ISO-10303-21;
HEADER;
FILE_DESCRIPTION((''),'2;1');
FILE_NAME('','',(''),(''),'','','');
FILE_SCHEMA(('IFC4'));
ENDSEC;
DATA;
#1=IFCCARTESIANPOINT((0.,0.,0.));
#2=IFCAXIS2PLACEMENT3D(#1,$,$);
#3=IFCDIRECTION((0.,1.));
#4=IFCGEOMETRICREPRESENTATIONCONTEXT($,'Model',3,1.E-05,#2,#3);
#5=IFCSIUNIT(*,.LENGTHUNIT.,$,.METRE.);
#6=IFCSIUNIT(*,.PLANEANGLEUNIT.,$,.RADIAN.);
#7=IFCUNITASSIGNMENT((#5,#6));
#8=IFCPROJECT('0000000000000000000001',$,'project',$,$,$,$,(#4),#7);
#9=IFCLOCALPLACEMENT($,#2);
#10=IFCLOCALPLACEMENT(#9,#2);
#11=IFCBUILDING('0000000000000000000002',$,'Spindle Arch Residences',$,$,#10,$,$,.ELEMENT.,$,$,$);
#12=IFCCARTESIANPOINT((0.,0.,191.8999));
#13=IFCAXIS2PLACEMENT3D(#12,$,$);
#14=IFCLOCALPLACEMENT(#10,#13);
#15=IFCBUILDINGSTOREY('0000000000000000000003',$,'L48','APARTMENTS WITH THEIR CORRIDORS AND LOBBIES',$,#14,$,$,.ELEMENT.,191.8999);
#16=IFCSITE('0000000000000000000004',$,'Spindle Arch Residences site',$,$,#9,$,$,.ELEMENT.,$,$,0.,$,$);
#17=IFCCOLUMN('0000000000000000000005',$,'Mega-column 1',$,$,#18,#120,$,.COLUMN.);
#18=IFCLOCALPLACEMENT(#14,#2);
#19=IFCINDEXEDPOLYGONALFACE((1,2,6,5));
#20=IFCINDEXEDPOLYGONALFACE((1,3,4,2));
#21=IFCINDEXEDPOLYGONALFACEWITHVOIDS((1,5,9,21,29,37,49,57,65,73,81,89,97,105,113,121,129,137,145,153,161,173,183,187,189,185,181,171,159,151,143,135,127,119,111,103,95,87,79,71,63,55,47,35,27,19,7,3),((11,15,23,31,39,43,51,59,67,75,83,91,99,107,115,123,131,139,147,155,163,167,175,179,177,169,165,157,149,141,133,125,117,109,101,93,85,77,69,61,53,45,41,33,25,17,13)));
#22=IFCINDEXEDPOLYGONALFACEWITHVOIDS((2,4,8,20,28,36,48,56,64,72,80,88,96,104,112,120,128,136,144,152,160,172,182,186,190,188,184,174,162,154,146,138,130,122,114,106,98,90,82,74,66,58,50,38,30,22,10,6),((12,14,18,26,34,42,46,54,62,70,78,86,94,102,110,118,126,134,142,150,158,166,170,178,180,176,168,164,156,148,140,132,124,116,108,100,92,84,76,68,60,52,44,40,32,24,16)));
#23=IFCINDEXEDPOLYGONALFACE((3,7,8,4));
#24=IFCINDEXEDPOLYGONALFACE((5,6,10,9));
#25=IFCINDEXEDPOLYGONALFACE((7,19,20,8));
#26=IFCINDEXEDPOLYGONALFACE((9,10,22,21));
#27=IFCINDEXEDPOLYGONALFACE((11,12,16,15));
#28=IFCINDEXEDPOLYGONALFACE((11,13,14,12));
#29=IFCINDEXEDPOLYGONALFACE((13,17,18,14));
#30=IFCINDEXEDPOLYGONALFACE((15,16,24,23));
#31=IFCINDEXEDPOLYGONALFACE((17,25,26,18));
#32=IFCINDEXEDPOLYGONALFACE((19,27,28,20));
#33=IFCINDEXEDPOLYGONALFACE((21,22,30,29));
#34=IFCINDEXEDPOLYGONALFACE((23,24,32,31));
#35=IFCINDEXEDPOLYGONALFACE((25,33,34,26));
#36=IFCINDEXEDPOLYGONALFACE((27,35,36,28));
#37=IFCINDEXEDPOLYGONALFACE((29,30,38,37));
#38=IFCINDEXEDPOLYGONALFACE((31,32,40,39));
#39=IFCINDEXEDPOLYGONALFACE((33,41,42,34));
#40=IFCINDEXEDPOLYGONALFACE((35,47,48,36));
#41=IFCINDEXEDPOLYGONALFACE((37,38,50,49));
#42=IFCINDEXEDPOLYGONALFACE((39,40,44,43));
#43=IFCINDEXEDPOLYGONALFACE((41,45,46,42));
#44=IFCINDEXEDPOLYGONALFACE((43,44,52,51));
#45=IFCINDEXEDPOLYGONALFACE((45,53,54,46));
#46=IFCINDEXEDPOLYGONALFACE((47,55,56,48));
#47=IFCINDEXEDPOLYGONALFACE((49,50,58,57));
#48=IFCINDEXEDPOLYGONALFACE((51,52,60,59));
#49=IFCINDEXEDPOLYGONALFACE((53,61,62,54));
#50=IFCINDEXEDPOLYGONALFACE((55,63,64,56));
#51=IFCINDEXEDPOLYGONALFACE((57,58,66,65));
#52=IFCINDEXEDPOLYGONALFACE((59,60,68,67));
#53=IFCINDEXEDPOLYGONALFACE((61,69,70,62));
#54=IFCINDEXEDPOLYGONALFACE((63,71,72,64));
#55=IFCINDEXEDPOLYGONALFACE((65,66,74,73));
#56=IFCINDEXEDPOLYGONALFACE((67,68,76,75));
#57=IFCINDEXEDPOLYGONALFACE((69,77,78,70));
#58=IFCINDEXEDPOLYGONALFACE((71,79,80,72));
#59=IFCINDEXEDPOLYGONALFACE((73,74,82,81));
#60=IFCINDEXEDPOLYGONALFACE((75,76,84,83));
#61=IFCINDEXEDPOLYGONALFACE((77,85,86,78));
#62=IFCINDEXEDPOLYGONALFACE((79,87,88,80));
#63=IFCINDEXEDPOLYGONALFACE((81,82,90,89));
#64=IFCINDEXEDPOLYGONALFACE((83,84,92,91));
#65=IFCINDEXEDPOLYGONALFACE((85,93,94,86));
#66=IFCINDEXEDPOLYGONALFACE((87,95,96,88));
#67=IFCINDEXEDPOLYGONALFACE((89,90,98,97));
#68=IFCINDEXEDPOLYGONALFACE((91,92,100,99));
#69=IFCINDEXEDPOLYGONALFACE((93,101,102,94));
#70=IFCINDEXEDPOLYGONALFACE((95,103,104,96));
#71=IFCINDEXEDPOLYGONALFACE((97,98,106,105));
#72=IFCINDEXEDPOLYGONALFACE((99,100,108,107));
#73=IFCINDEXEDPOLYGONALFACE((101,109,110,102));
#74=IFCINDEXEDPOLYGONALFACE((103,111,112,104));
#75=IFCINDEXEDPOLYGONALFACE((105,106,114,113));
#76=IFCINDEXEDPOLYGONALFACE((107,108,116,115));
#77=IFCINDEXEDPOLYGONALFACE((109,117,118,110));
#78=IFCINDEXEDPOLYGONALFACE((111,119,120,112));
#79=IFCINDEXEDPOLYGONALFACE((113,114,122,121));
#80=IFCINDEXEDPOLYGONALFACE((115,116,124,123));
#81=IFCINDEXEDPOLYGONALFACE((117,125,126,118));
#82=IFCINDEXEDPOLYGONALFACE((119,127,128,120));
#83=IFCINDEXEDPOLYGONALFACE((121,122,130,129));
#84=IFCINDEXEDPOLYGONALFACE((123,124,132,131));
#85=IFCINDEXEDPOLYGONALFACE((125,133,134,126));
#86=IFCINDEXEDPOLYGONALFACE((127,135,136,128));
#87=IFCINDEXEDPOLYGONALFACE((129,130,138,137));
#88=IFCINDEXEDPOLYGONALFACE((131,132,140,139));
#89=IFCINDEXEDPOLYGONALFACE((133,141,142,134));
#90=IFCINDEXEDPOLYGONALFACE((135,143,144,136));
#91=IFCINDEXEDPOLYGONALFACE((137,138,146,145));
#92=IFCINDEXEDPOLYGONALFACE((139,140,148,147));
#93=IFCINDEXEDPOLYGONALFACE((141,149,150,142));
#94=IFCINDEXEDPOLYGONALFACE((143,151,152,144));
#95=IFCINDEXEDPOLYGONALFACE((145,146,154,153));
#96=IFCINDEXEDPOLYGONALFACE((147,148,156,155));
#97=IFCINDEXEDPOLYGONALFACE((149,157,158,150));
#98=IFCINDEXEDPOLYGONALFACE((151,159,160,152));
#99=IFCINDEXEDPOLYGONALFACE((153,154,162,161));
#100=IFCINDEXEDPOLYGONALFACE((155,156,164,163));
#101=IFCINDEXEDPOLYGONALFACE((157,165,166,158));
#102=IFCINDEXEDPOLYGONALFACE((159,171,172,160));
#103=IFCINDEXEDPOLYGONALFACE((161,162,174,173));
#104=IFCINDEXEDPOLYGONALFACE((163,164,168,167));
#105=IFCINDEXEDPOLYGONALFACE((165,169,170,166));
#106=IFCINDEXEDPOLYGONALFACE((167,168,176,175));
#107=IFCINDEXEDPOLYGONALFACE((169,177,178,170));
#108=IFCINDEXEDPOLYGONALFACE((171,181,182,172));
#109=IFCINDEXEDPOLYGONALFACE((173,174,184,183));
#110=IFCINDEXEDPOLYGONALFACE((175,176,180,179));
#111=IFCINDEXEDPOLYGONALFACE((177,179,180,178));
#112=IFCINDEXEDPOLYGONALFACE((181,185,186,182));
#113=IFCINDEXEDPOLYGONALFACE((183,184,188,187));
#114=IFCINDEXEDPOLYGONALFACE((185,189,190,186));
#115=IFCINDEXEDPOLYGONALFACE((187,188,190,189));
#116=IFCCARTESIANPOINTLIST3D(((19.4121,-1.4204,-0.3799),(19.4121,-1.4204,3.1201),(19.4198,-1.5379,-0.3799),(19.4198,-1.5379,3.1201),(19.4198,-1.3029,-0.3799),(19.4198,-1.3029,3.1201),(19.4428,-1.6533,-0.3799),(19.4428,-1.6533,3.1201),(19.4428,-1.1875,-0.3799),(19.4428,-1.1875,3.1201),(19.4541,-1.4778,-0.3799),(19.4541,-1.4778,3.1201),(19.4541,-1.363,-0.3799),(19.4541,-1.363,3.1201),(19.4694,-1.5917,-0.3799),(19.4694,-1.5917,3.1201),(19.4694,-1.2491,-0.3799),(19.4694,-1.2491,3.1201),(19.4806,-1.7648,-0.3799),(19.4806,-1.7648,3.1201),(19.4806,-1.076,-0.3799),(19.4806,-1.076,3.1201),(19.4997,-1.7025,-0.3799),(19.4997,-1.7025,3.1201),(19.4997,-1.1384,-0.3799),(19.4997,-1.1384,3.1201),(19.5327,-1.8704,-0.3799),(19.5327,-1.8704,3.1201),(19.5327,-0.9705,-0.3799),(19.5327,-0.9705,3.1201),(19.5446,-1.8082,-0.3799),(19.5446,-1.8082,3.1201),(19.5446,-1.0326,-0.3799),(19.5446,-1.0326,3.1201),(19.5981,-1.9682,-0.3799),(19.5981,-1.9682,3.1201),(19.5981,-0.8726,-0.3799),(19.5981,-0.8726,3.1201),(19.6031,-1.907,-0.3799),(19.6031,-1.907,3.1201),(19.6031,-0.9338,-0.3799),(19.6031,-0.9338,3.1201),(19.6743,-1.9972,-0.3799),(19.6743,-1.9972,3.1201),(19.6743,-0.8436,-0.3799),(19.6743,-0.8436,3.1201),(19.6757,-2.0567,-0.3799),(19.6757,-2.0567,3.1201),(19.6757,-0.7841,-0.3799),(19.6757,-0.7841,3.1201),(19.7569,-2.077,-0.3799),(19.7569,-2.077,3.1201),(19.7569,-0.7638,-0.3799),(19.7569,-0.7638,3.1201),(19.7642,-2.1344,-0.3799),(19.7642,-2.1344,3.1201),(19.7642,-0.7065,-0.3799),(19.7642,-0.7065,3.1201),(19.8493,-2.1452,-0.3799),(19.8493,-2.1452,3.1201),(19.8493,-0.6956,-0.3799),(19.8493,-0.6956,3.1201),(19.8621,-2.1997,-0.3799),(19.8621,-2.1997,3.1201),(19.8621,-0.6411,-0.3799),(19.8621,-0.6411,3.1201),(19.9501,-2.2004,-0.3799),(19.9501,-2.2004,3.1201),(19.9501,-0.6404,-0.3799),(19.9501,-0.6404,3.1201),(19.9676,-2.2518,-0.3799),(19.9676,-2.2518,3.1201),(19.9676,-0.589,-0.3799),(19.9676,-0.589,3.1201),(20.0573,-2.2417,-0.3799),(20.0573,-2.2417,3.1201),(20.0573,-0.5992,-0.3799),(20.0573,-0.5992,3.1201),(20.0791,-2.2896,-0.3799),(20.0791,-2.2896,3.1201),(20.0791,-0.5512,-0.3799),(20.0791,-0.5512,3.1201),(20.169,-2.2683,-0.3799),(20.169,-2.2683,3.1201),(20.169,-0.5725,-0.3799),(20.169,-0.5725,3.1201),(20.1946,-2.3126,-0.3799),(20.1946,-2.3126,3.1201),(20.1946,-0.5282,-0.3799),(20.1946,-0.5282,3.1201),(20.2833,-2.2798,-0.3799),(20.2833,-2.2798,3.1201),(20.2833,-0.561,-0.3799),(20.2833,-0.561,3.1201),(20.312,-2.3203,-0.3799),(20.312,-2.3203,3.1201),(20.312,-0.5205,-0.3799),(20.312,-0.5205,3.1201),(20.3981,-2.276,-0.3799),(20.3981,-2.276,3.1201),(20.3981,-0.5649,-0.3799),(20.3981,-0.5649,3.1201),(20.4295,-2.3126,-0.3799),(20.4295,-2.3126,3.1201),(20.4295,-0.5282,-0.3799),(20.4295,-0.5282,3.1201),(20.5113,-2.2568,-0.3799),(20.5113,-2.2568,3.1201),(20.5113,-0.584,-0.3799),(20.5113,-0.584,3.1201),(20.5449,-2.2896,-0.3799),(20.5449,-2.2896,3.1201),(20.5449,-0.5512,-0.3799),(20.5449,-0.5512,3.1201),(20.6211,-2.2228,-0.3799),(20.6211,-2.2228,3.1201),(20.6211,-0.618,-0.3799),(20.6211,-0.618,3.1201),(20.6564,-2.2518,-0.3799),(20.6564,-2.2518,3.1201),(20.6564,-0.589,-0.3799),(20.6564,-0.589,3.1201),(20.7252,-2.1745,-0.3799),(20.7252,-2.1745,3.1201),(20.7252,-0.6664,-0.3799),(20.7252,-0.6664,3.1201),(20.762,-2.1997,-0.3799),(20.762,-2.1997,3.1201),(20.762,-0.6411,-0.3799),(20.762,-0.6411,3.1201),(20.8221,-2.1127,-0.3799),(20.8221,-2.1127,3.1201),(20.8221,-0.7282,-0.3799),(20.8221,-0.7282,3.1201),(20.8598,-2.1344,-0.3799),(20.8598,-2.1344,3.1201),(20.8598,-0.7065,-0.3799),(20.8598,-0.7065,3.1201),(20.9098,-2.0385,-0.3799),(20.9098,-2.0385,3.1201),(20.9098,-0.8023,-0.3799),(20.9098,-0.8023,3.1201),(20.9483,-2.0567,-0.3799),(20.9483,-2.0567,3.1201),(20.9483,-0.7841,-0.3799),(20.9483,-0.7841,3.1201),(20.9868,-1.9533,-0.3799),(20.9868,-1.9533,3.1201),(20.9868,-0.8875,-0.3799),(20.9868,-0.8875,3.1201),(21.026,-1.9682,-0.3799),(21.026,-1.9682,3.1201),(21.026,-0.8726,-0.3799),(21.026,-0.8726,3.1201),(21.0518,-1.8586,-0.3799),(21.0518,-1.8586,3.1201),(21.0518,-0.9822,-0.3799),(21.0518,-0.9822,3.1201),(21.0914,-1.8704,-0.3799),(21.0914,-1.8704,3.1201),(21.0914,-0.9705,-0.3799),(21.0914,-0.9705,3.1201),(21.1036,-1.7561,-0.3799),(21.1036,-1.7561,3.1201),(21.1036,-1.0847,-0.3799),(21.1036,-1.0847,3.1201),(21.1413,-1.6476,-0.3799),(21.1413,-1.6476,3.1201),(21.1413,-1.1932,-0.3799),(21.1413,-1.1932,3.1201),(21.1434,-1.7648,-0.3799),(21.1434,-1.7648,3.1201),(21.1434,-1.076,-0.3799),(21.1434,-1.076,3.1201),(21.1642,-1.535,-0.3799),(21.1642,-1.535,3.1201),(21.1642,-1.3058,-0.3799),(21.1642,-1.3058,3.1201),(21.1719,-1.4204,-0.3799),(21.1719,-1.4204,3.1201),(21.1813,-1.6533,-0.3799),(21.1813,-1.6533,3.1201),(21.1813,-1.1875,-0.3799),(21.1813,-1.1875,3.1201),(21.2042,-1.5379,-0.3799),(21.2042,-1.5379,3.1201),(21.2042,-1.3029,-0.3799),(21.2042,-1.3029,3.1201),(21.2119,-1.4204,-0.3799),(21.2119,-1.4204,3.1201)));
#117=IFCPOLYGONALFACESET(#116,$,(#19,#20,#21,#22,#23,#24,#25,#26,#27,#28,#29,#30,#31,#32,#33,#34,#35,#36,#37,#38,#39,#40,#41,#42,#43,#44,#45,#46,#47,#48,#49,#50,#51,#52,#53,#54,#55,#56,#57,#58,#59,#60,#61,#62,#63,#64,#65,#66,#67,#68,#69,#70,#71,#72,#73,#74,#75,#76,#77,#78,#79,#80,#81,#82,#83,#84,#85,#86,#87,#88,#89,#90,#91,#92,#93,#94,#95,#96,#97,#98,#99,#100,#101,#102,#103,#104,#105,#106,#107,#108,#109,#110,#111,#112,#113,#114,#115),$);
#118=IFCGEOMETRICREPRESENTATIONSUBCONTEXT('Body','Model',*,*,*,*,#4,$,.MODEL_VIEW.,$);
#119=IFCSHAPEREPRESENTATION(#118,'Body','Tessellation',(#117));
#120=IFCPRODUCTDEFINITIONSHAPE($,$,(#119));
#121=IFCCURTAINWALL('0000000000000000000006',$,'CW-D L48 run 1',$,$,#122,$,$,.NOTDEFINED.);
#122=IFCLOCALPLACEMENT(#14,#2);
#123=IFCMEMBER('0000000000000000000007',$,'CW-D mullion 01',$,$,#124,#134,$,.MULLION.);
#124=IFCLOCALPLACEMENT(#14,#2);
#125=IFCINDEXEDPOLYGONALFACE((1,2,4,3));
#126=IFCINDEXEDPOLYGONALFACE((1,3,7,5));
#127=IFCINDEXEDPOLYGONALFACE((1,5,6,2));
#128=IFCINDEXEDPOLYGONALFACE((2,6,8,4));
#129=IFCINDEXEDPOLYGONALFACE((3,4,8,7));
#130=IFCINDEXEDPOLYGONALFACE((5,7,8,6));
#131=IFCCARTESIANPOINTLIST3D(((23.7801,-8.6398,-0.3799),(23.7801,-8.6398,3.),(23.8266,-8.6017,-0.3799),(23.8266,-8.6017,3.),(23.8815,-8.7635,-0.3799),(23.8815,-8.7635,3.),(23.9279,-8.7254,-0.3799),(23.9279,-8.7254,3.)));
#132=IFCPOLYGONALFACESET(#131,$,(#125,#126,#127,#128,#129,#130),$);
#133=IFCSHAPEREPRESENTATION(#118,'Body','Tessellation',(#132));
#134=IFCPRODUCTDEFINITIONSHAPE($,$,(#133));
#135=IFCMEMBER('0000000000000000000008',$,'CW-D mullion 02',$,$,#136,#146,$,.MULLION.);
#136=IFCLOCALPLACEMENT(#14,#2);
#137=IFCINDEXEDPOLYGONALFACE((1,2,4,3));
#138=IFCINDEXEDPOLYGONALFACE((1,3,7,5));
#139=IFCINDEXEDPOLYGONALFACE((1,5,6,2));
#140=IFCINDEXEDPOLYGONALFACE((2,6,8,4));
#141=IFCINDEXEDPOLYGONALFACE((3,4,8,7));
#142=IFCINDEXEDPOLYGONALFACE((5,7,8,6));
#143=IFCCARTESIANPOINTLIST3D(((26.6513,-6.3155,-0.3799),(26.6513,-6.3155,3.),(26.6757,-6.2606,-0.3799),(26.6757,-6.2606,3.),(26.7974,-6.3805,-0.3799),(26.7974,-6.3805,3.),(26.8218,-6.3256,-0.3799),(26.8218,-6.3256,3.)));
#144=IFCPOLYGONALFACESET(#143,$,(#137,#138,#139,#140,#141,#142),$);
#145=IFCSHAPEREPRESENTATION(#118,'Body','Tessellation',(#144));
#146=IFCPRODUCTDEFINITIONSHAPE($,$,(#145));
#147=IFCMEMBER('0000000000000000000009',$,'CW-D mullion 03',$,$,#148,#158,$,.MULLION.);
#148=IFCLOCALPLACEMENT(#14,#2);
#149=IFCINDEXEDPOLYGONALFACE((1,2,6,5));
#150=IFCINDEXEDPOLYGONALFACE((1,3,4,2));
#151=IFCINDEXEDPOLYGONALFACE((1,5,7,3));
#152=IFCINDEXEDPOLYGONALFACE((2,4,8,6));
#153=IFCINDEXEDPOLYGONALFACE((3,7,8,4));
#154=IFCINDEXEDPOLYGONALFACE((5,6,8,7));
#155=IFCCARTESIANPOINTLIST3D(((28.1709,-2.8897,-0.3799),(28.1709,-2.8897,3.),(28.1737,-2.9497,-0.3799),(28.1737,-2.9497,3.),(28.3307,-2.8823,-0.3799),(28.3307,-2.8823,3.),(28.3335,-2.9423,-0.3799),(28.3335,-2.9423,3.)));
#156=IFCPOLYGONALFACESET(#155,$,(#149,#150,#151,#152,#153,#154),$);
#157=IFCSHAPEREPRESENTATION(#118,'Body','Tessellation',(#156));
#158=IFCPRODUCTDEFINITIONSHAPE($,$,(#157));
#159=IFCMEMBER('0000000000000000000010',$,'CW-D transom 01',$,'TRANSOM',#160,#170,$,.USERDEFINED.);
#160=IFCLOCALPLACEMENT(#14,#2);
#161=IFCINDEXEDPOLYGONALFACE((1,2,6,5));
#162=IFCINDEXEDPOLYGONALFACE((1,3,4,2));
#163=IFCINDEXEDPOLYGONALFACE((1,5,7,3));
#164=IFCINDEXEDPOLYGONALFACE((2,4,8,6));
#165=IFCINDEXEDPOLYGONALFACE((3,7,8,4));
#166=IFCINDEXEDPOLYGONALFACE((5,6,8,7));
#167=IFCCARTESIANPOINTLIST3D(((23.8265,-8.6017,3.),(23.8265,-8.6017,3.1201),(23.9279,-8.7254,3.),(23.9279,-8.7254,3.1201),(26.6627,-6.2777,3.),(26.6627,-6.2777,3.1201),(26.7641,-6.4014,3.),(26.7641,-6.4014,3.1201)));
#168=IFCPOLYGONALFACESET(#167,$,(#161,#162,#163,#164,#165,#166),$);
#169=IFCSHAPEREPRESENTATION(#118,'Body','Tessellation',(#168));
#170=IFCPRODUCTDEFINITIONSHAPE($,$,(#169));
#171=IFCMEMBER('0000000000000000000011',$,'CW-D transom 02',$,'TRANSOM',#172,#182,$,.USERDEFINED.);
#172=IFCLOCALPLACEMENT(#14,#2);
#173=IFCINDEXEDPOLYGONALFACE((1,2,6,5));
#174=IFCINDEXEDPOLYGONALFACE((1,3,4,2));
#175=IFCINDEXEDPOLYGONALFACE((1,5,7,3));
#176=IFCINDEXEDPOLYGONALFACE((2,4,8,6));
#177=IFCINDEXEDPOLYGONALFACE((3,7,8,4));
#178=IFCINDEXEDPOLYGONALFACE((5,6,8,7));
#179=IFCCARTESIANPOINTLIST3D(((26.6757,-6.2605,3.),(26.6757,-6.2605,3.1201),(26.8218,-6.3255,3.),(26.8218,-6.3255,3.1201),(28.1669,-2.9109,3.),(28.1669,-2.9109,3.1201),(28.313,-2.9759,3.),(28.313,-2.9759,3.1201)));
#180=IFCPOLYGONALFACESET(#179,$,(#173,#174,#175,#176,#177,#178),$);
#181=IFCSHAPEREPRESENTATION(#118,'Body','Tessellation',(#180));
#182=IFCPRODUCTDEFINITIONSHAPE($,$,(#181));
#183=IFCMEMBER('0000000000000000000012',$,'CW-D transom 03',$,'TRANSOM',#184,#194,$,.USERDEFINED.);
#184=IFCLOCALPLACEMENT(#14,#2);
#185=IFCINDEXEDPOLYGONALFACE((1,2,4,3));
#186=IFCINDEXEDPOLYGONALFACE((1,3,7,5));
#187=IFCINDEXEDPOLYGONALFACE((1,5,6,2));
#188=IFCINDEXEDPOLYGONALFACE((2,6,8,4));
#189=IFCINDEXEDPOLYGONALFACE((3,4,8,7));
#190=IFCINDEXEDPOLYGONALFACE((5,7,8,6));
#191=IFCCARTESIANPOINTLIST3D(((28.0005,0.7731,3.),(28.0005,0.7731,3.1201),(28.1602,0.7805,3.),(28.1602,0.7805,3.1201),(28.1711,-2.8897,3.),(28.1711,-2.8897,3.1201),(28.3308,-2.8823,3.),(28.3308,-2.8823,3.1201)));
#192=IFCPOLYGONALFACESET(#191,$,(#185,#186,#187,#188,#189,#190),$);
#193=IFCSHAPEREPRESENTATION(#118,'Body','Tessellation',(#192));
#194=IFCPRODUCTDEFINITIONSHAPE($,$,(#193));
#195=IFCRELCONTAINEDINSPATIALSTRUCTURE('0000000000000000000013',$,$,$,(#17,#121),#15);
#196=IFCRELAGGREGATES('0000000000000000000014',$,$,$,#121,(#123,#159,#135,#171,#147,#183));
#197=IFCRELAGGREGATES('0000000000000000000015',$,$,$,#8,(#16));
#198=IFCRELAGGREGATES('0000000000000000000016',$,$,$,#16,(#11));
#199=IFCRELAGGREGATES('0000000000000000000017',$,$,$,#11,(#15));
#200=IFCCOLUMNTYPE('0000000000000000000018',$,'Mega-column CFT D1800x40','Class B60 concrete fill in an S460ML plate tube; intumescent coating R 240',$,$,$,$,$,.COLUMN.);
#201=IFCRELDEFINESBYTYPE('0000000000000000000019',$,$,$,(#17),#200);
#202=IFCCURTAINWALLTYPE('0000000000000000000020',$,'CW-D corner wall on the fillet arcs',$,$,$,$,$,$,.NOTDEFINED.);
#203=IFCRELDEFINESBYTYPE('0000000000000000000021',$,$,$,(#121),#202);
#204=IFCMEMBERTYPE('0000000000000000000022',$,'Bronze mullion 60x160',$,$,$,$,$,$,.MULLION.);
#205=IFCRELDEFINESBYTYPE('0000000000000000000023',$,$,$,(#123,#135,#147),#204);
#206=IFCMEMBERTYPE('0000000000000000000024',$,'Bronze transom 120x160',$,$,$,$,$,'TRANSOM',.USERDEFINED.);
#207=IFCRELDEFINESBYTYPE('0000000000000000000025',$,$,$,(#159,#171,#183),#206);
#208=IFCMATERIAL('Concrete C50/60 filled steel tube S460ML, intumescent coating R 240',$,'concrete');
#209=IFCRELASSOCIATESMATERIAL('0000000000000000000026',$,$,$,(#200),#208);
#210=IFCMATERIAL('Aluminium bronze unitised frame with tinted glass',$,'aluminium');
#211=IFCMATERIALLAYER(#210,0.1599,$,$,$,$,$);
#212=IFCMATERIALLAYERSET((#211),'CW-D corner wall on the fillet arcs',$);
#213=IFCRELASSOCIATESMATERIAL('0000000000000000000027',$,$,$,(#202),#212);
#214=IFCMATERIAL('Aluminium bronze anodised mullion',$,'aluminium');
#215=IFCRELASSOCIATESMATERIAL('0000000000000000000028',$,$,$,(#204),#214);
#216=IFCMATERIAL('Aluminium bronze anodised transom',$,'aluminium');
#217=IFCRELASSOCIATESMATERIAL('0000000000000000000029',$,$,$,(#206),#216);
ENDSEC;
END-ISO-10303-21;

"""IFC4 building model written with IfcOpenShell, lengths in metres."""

from ifc_helpers import new_model, si_unit, direction, frame, origin, origin_2d, place, context, subcontext, project, spatial, rectangle, hollow_circle, extrude, material, layer, layer_set, material_profile, profile_set, type_object, element, aggregate, save


model = new_model("IFC4")

# Units and contexts
model_context = context("Model", 3, precision=1e-05, world=origin(), true_north=direction((0.0, 1.0)))
body_context = subcontext(model_context, "Body", "Model", "MODEL_VIEW")
ifc_project = project(units=[si_unit("LENGTHUNIT", "METRE"), si_unit("PLANEANGLEUNIT", "RADIAN")], contexts=[model_context])

# Site, building, storey
site_placement = place(None, origin())
site = spatial("IfcSite", under=ifc_project, at=site_placement, Name="Spindle Arch Residences site", CompositionType="ELEMENT", RefElevation=0.0)
building_placement = place(site_placement, origin())
building = spatial("IfcBuilding", under=site, at=building_placement, Name="Spindle Arch Residences", CompositionType="ELEMENT")
storey_placement = place(building_placement, frame((0.0, 0.0, 191.8999)))
storey = spatial("IfcBuildingStorey", under=building, at=storey_placement, Name="L48", Description="APARTMENTS WITH THEIR CORRIDORS AND LOBBIES", CompositionType="ELEMENT", Elevation=191.8999)

# Column
ifc_material_1 = material(Name="Concrete C50/60 filled steel tube S460ML, intumescent coating R 240", Category="concrete")
ifc_material_profile_1 = material_profile(ifc_material_1, hollow_circle(Radius=0.8999, WallThickness=0.04, at=origin_2d()), Name="CFT D1800x40")
ifc_profile_set_1 = profile_set([ifc_material_profile_1], Name="Concrete C50/60 filled steel tube S460ML, intumescent coating R 240")
column_type_1 = type_object("IfcColumnType", Name="Mega-column CFT D1800x40", Description="Class B60 concrete fill in an S460ML plate tube; intumescent coating R 240", PredefinedType="COLUMN", material=ifc_profile_set_1)
column_placement = place(storey_placement, frame((20.312, -1.4204, -0.3799), z_axis=(0.0, 0.0, 1.0), x_axis=(1.0, 0.0, 0.0)))
element("IfcColumn", 1, at=column_placement, inside=storey, type_object=column_type_1, Name="Mega-column 1", PredefinedType="COLUMN", context=body_context, shape_type="SweptSolid", body=[
    extrude(hollow_circle(Radius=0.8999, WallThickness=0.04, at=origin_2d()), origin(), (0.0, 0.0, 1.0), 3.5),
])

# Curtain wall, members
ifc_material_2 = material(Name="Aluminium bronze unitised frame with tinted glass", Category="aluminium")
ifc_layer_1 = layer(ifc_material_2, 0.1599)
ifc_layer_set_1 = layer_set([ifc_layer_1], Name="CW-D corner wall on the fillet arcs")
curtain_wall_type = type_object("IfcCurtainWallType", Name="CW-D corner wall on the fillet arcs", PredefinedType="NOTDEFINED", material=ifc_layer_set_1)
curtain_wall_placement = place(storey_placement, origin())
curtain_wall = element("IfcCurtainWall", 2, at=curtain_wall_placement, inside=storey, type_object=curtain_wall_type, Name="CW-D L48 run 1", PredefinedType="NOTDEFINED")
ifc_material_3 = material(Name="Aluminium bronze anodised mullion", Category="aluminium")
ifc_material_profile_2 = material_profile(ifc_material_3, rectangle(XDim=0.1599, YDim=0.0601, at=origin_2d()), Name="MU 60x160")
ifc_profile_set_2 = profile_set([ifc_material_profile_2], Name="Aluminium bronze anodised mullion")
member_type_1 = type_object("IfcMemberType", Name="Bronze mullion 60x160", PredefinedType="MULLION", material=ifc_profile_set_2)
member_1_placement = place(storey_placement, frame((23.854, -8.6826, -0.3799), z_axis=(0.0, 0.0, 1.0), x_axis=(-0.633831, 0.773472, 0.0)))
member_1 = element("IfcMember", 3, at=member_1_placement, type_object=member_type_1, Name="CW-D mullion 01", PredefinedType="MULLION", context=body_context, shape_type="SweptSolid", body=[
    extrude(rectangle(XDim=0.1599, YDim=0.0601, at=origin_2d()), origin(), (0.0, 0.0, 1.0), 3.3799),
])
member_2_placement = place(storey_placement, frame((26.7366, -6.3206, -0.3799), z_axis=(0.0, 0.0, 1.0), x_axis=(-0.913545, 0.406737, 0.0)))
member_2 = element("IfcMember", 4, at=member_2_placement, type_object=member_type_1, Name="CW-D mullion 02", PredefinedType="MULLION", context=body_context, shape_type="SweptSolid", body=[
    extrude(rectangle(XDim=0.1599, YDim=0.0601, at=origin_2d()), origin(), (0.0, 0.0, 1.0), 3.3799),
])
member_3_placement = place(storey_placement, frame((28.2522, -2.916, -0.3799), z_axis=(0.0, 0.0, 1.0), x_axis=(-0.998917, -0.046525, 0.0)))
member_3 = element("IfcMember", 5, at=member_3_placement, type_object=member_type_1, Name="CW-D mullion 03", PredefinedType="MULLION", context=body_context, shape_type="SweptSolid", body=[
    extrude(rectangle(XDim=0.1599, YDim=0.0601, at=origin_2d()), origin(), (0.0, 0.0, 1.0), 3.3799),
])
ifc_material_4 = material(Name="Aluminium bronze anodised transom", Category="aluminium")
ifc_material_profile_3 = material_profile(ifc_material_4, rectangle(XDim=0.1599, YDim=0.1201, at=origin_2d()), Name="TR 120x160")
ifc_profile_set_3 = profile_set([ifc_material_profile_3], Name="Aluminium bronze anodised transom")
member_type_2 = type_object("IfcMemberType", Name="Bronze transom 120x160", ElementType="TRANSOM", PredefinedType="USERDEFINED", material=ifc_profile_set_3)
member_4_placement = place(storey_placement, frame((23.8772, -8.6636, 3.0601), z_axis=(0.773494, 0.633803, 0.0), x_axis=(-0.633803, 0.773494, 0.0)))
member_4 = element("IfcMember", 6, at=member_4_placement, type_object=member_type_2, Name="CW-D transom 01", ObjectType="TRANSOM", PredefinedType="USERDEFINED", context=body_context, shape_type="SweptSolid", body=[
    extrude(rectangle(XDim=0.1599, YDim=0.1201, at=origin_2d()), origin(), (0.0, 0.0, 1.0), 3.6667),
])
member_5_placement = place(storey_placement, frame((26.7488, -6.293, 3.0601), z_axis=(0.406707, 0.913559, 0.0), x_axis=(-0.913559, 0.406707, 0.0)))
member_5 = element("IfcMember", 7, at=member_5_placement, type_object=member_type_2, Name="CW-D transom 02", ObjectType="TRANSOM", PredefinedType="USERDEFINED", context=body_context, shape_type="SweptSolid", body=[
    extrude(rectangle(XDim=0.1599, YDim=0.1201, at=origin_2d()), origin(), (0.0, 0.0, 1.0), 3.6665),
])
member_6_placement = place(storey_placement, frame((28.251, -2.886, 3.0601), z_axis=(-0.04654, 0.998916, 0.0), x_axis=(-0.998916, -0.04654, 0.0)))
member_6 = element("IfcMember", 8, at=member_6_placement, type_object=member_type_2, Name="CW-D transom 03", ObjectType="TRANSOM", PredefinedType="USERDEFINED", context=body_context, shape_type="SweptSolid", body=[
    extrude(rectangle(XDim=0.1599, YDim=0.1201, at=origin_2d()), origin(), (0.0, 0.0, 1.0), 3.6667),
])

aggregate(curtain_wall, [member_1, member_4, member_2, member_5, member_3, member_6])

save(model, "model.ifc")
